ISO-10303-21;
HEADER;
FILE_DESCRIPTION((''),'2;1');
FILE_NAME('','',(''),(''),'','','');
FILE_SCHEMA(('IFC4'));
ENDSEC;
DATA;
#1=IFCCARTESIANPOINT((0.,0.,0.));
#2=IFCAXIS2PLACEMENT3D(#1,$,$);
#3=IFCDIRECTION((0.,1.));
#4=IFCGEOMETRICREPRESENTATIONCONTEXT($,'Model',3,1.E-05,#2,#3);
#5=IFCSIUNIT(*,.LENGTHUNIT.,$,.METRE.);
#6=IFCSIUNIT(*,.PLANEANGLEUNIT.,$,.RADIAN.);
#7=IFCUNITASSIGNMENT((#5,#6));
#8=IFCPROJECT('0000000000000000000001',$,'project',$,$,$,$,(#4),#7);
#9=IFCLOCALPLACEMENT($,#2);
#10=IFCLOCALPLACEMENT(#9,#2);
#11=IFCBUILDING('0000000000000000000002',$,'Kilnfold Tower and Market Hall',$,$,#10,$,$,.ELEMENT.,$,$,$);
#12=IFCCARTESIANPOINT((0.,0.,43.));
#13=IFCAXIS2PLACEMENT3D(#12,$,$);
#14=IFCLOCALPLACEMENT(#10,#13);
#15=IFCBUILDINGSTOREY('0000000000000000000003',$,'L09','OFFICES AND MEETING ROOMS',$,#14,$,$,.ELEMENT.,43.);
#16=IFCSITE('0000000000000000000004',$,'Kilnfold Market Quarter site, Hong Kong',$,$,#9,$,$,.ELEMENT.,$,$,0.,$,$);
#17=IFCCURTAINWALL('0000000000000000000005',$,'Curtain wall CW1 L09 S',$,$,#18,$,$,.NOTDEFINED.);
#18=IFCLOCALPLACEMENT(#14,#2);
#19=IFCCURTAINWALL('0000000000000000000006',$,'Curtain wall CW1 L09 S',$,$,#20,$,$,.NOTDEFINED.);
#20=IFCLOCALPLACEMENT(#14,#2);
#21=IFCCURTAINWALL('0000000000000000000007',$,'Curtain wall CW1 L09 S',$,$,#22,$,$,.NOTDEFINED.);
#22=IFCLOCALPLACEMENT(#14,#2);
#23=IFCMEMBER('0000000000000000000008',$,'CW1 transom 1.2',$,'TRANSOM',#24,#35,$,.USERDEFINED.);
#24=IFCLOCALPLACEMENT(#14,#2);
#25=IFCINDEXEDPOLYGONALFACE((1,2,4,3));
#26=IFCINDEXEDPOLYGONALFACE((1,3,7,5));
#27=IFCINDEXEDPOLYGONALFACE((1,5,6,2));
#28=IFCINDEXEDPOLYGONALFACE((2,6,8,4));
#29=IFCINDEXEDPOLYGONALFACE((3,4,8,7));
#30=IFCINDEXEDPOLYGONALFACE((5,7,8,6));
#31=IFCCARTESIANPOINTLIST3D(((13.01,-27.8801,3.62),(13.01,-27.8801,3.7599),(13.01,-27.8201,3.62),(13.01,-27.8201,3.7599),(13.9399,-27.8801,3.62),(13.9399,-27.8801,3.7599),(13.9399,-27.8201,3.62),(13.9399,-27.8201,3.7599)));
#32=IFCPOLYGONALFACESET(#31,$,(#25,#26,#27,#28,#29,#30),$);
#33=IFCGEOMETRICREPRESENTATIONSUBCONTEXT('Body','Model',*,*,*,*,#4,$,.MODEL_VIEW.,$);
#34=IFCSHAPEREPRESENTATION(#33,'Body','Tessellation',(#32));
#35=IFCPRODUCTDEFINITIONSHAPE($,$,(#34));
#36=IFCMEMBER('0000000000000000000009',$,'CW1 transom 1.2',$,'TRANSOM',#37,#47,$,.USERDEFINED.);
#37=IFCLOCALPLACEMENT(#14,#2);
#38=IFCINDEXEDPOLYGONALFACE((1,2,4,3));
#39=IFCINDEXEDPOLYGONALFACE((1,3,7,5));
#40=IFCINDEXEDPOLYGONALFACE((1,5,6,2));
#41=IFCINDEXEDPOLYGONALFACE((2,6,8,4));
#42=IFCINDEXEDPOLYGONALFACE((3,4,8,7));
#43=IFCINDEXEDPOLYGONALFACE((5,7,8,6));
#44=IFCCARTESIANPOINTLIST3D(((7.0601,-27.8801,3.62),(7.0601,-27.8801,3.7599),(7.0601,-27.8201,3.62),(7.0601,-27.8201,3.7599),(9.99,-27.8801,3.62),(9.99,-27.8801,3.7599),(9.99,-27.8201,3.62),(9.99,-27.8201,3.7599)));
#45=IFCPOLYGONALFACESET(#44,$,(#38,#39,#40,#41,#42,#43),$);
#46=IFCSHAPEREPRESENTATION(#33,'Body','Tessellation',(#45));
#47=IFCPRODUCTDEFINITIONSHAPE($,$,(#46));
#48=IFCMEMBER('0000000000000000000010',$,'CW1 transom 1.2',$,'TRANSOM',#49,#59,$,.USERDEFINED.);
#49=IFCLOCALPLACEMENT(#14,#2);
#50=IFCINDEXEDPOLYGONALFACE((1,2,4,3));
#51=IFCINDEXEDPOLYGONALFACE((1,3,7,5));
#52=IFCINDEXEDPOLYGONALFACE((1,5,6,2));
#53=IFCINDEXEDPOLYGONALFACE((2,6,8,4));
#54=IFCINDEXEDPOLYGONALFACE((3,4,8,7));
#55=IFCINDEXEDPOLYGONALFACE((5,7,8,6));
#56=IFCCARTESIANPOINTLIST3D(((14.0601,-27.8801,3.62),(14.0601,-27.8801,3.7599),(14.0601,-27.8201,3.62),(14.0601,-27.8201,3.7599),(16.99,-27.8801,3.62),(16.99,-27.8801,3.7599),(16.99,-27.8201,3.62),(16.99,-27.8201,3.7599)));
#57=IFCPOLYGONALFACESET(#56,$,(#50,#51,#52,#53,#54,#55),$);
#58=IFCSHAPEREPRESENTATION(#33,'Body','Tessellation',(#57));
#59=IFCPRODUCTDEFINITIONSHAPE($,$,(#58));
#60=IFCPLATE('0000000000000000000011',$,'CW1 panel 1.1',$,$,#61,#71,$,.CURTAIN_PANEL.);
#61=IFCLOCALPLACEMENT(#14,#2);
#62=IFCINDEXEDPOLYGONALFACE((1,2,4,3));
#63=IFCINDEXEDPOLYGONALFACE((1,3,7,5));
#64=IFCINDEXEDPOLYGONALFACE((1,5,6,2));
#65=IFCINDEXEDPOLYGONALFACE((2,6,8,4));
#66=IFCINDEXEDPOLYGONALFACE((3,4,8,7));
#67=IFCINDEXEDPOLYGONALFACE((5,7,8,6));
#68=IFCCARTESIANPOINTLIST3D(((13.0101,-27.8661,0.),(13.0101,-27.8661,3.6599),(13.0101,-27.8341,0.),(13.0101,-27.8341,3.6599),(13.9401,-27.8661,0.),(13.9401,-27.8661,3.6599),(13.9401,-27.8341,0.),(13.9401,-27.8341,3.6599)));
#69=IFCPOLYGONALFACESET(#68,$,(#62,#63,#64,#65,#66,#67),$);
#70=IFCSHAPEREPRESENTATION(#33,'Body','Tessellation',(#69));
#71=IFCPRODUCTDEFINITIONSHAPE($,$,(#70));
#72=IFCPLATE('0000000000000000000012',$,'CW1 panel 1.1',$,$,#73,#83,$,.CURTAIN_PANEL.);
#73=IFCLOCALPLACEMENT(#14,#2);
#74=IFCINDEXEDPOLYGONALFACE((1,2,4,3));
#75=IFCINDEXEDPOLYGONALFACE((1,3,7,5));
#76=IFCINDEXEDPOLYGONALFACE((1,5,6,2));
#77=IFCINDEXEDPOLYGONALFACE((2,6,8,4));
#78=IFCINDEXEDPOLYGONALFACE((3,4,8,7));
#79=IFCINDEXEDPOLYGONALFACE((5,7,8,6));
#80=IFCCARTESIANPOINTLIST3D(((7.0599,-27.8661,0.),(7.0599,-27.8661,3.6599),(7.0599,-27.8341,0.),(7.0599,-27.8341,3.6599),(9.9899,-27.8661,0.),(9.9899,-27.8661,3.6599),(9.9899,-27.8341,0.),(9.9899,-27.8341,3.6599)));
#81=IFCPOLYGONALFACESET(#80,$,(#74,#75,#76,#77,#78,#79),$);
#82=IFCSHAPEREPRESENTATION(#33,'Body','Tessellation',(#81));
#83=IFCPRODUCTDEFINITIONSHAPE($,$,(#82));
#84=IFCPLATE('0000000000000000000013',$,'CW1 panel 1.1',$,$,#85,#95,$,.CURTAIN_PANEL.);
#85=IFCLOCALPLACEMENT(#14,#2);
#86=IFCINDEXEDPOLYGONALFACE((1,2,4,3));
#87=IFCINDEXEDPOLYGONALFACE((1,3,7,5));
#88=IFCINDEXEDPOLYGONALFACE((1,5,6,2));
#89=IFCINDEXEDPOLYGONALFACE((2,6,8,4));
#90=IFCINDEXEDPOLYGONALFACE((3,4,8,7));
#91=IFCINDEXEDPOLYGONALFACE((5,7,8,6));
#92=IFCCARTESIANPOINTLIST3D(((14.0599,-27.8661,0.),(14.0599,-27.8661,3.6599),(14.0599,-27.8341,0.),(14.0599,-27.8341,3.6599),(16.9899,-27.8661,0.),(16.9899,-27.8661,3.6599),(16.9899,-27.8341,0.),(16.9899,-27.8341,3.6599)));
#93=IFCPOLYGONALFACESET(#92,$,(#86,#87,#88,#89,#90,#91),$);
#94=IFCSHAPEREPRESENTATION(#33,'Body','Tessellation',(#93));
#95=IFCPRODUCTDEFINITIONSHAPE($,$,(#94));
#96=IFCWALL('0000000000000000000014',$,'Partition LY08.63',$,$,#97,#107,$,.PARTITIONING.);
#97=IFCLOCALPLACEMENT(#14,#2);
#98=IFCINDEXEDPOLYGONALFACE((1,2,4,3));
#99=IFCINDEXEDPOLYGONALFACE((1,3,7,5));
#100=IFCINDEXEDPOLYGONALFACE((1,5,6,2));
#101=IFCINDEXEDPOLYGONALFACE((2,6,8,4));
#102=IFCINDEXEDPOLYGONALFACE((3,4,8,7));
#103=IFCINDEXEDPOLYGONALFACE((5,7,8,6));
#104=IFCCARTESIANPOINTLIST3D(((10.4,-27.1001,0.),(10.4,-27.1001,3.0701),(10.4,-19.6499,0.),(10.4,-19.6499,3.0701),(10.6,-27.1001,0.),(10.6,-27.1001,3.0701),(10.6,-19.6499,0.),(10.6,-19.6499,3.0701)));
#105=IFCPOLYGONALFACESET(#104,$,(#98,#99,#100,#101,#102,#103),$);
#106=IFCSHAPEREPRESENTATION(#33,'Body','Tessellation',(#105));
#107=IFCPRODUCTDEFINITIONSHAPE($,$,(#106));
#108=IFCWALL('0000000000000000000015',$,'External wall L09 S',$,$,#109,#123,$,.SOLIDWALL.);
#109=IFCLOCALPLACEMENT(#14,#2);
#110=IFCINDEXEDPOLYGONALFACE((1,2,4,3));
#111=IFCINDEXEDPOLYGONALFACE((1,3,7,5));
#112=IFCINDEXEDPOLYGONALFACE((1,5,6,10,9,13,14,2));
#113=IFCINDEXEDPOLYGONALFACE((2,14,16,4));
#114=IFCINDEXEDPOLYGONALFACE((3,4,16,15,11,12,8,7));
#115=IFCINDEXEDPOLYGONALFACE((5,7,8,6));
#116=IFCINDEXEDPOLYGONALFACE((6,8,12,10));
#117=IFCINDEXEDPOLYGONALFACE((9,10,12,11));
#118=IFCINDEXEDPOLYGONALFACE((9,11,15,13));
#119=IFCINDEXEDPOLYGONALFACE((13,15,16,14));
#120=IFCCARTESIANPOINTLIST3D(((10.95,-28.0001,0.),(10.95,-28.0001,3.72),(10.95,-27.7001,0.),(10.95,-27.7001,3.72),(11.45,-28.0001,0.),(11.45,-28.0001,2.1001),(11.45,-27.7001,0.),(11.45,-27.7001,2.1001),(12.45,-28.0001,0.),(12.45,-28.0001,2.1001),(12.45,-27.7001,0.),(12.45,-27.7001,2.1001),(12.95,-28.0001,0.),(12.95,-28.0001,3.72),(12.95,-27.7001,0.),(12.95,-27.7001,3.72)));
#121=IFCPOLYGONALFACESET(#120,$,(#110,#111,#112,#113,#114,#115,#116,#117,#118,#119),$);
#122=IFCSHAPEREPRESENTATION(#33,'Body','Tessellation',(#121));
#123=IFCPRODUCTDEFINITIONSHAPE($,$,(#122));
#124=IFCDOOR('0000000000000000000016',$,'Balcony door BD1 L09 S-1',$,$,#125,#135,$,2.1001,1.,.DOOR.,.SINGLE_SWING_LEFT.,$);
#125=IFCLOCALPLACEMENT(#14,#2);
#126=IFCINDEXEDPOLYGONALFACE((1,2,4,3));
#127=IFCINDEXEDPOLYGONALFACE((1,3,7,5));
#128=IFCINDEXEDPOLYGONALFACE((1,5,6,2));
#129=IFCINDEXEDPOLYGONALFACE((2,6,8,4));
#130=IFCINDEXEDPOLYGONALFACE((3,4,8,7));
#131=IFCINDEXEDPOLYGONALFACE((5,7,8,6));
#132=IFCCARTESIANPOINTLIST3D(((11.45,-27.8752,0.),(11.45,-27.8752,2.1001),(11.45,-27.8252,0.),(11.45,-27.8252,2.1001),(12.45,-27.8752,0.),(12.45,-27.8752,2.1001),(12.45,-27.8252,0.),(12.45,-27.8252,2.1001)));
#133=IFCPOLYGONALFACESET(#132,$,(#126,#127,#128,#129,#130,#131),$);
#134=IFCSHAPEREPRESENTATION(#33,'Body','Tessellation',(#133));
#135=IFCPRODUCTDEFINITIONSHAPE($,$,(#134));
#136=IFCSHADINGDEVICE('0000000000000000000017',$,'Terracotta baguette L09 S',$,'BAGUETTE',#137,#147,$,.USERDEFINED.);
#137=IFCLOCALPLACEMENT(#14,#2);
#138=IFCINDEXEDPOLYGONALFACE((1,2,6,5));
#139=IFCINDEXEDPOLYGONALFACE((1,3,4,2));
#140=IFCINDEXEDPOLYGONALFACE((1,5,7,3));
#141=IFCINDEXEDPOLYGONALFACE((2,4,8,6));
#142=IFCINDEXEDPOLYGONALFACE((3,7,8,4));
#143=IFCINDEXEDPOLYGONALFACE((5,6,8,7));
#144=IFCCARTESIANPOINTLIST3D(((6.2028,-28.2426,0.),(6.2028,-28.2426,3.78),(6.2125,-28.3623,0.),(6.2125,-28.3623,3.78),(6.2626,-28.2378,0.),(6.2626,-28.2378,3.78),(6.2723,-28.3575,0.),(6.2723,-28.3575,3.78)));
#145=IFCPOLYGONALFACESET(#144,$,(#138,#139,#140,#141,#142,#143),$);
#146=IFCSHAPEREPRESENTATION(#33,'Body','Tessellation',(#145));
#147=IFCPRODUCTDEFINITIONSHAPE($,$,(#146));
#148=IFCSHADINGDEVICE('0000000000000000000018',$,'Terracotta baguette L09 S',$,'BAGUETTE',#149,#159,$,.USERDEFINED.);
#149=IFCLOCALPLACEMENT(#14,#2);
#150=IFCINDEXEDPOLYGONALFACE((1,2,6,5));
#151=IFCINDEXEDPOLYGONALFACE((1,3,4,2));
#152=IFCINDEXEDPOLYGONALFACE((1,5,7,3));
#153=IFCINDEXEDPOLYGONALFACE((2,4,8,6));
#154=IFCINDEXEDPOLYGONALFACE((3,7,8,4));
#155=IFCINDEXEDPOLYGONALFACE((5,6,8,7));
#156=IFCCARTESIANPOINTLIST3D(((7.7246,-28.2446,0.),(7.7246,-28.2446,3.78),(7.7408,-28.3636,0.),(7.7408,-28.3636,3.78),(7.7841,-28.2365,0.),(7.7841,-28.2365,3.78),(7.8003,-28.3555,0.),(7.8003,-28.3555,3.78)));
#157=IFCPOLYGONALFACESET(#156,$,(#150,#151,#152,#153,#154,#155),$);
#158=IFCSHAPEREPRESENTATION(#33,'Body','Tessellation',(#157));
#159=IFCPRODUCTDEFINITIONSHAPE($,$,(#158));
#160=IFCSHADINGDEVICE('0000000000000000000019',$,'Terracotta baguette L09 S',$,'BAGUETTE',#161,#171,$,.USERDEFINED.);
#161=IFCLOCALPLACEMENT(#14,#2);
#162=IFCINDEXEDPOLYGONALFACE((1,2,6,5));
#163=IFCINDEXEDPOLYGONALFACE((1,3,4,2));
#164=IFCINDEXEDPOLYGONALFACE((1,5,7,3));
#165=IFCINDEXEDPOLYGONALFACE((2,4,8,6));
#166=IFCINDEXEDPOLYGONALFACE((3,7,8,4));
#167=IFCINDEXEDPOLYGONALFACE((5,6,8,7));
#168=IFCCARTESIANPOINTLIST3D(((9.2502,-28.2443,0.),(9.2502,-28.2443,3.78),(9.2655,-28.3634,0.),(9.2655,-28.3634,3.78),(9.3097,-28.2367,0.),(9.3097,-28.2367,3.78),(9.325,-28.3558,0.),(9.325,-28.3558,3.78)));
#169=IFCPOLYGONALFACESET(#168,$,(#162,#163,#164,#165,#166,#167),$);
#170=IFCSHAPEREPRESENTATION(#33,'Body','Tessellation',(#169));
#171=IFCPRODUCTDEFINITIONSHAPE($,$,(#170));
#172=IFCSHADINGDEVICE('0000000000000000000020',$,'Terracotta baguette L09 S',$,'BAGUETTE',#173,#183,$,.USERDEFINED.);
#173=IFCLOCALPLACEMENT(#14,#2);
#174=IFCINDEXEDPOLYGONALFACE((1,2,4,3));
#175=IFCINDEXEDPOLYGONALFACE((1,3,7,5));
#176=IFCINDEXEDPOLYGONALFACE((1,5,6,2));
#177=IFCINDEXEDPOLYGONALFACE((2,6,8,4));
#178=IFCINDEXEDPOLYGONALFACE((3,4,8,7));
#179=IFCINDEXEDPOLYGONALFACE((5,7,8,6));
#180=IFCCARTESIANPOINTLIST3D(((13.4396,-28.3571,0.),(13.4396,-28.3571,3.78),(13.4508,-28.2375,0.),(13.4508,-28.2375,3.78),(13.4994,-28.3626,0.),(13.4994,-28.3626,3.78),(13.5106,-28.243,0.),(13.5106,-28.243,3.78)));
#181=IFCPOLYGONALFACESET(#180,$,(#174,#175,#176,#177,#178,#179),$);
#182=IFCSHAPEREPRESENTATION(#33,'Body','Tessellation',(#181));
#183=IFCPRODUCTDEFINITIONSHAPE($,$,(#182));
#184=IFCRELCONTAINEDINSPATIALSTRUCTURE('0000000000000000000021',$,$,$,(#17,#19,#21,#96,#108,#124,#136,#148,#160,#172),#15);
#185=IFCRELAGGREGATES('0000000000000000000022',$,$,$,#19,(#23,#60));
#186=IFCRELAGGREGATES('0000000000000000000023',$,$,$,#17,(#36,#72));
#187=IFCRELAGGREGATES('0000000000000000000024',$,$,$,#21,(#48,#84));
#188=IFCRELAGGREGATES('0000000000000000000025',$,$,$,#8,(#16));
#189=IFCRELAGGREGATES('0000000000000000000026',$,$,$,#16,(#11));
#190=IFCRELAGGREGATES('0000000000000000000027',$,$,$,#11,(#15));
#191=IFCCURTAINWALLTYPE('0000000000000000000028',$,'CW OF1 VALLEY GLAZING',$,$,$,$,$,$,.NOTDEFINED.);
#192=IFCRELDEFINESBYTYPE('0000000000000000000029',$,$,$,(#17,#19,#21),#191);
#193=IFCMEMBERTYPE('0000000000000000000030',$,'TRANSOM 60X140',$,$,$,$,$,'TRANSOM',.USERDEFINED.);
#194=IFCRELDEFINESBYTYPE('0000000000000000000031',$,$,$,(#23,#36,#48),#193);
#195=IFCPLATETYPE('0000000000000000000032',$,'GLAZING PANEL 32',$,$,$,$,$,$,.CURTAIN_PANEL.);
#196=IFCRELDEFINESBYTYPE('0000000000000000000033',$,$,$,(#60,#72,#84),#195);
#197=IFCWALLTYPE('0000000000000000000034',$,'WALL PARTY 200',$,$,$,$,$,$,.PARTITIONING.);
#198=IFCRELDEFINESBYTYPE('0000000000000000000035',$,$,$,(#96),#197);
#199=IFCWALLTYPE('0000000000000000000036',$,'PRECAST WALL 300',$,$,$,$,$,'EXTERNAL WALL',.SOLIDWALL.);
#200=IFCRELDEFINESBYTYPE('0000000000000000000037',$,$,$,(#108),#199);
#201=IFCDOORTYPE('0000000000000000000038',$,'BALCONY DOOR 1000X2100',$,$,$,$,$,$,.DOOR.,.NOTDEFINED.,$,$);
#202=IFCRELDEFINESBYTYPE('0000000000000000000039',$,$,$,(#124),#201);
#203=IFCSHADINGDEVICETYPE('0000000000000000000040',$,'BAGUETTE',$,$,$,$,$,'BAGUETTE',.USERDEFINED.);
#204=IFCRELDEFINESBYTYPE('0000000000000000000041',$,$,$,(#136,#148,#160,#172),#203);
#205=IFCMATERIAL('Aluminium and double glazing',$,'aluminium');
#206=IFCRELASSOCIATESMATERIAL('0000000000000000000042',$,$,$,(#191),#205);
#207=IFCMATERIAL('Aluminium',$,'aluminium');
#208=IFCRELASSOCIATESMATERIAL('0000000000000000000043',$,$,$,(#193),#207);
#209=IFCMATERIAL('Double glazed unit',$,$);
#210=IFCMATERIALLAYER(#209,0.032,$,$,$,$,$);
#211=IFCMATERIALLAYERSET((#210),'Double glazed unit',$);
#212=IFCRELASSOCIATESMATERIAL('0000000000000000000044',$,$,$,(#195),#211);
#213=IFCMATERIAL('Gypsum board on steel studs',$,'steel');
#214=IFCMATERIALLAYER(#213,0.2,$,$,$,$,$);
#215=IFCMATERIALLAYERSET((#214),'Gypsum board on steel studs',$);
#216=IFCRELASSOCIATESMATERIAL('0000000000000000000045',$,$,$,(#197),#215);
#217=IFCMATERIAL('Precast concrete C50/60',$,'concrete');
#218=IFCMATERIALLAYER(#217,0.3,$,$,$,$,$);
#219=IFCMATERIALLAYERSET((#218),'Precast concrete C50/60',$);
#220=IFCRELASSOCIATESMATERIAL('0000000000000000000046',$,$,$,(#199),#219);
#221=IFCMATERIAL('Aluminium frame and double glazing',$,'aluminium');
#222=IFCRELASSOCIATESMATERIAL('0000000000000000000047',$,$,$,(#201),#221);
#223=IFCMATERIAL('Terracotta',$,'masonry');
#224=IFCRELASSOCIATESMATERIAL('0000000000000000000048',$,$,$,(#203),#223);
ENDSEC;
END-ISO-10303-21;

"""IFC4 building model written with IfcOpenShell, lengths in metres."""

from ifc_helpers import new_model, si_unit, direction, frame, frame_2d, origin, origin_2d, place, context, subcontext, project, spatial, rectangle, extrude, source, transform, mapped, material, layer, layer_set, material_profile, profile_set, type_object, element, fill, aggregate, save


model = new_model("IFC4")

# Units and contexts
model_context = context("Model", 3, precision=1e-05, world=origin(), true_north=direction((0.0, 1.0)))
body_context = subcontext(model_context, "Body", "Model", "MODEL_VIEW")
ifc_project = project(units=[si_unit("LENGTHUNIT", "METRE"), si_unit("PLANEANGLEUNIT", "RADIAN")], contexts=[model_context])

# Site, building, storey
site_placement = place(None, origin())
site = spatial("IfcSite", under=ifc_project, at=site_placement, Name="Kilnfold Market Quarter site, Hong Kong", CompositionType="ELEMENT", RefElevation=0.0)
building_placement = place(site_placement, origin())
building = spatial("IfcBuilding", under=site, at=building_placement, Name="Kilnfold Tower and Market Hall", CompositionType="ELEMENT")
storey_placement = place(building_placement, frame((0.0, 0.0, 43.0)))
storey = spatial("IfcBuildingStorey", under=building, at=storey_placement, Name="L09", Description="OFFICES AND MEETING ROOMS", CompositionType="ELEMENT", Elevation=43.0)

# Shared definitions
ifc_material_1 = material(Name="Aluminium and double glazing", Category="aluminium")
curtain_wall_type = type_object("IfcCurtainWallType", Name="CW OF1 VALLEY GLAZING", PredefinedType="NOTDEFINED", material=ifc_material_1)

# Curtain walls
curtain_wall_1_placement = place(storey_placement, origin())
curtain_wall_1 = element("IfcCurtainWall", 1, at=curtain_wall_1_placement, inside=storey, type_object=curtain_wall_type, Name="Curtain wall CW1 L09 S", PredefinedType="NOTDEFINED")
curtain_wall_2_placement = place(storey_placement, origin())
curtain_wall_2 = element("IfcCurtainWall", 2, at=curtain_wall_2_placement, inside=storey, type_object=curtain_wall_type, Name="Curtain wall CW1 L09 S", PredefinedType="NOTDEFINED")
curtain_wall_3_placement = place(storey_placement, origin())
curtain_wall_3 = element("IfcCurtainWall", 3, at=curtain_wall_3_placement, inside=storey, type_object=curtain_wall_type, Name="Curtain wall CW1 L09 S", PredefinedType="NOTDEFINED")

# Members
ifc_material_2 = material(Name="Aluminium", Category="aluminium")
ifc_material_profile_1 = material_profile(ifc_material_2, rectangle(XDim=0.0601, YDim=0.1399, at=origin_2d()), Name="TRANSOM 60x140")
ifc_profile_set_1 = profile_set([ifc_material_profile_1], Name="Aluminium")
member_type_1 = type_object("IfcMemberType", Name="TRANSOM 60X140", ElementType="TRANSOM", PredefinedType="USERDEFINED", material=ifc_profile_set_1)
shared_shape_1 = source(origin(), body_context, "Body", "SweptSolid", [
    extrude(rectangle(XDim=0.0601, YDim=0.1399, at=origin_2d()), origin(), (0.0, 0.0, 1.0), 0.9299),
])
member_1_placement = place(storey_placement, frame((13.01, -27.8501, 3.6899), z_axis=(1.0, 0.0, 0.0), x_axis=(0.0, 1.0, 0.0)))
member_1 = element("IfcMember", 4, at=member_1_placement, type_object=member_type_1, Name="CW1 transom 1.2", ObjectType="TRANSOM", PredefinedType="USERDEFINED", context=body_context, shape_type="MappedRepresentation", body=[
    mapped(shared_shape_1, transform((0.0, 0.0, 0.0))),
])
shared_shape_2 = source(origin(), body_context, "Body", "SweptSolid", [
    extrude(rectangle(XDim=0.0601, YDim=0.1399, at=origin_2d()), origin(), (0.0, 0.0, 1.0), 2.9299),
])
member_2_placement = place(storey_placement, frame((7.0601, -27.8501, 3.6899), z_axis=(1.0, 0.0, 0.0), x_axis=(0.0, 1.0, 0.0)))
member_2 = element("IfcMember", 5, at=member_2_placement, type_object=member_type_1, Name="CW1 transom 1.2", ObjectType="TRANSOM", PredefinedType="USERDEFINED", context=body_context, shape_type="MappedRepresentation", body=[
    mapped(shared_shape_2, transform((0.0, 0.0, 0.0))),
])
member_3_placement = place(storey_placement, frame((14.0601, -27.8501, 3.6899), z_axis=(1.0, 0.0, 0.0), x_axis=(0.0, 1.0, 0.0)))
member_3 = element("IfcMember", 6, at=member_3_placement, type_object=member_type_1, Name="CW1 transom 1.2", ObjectType="TRANSOM", PredefinedType="USERDEFINED", context=body_context, shape_type="MappedRepresentation", body=[
    mapped(shared_shape_2, transform((0.0, 0.0, 0.0))),
])

# Plates
ifc_material_3 = material(Name="Double glazed unit")
ifc_layer_1 = layer(ifc_material_3, 0.032)
ifc_layer_set_1 = layer_set([ifc_layer_1], Name="Double glazed unit")
plate_type = type_object("IfcPlateType", Name="GLAZING PANEL 32", PredefinedType="CURTAIN_PANEL", material=ifc_layer_set_1)
shared_shape_3 = source(origin(), body_context, "Body", "SweptSolid", [
    extrude(rectangle(XDim=0.9299, YDim=0.032, at=origin_2d()), origin(), (0.0, 0.0, 1.0), 3.6599),
])
plate_1_placement = place(storey_placement, frame((13.4751, -27.8501, 0.0), z_axis=(0.0, 0.0, 1.0), x_axis=(1.0, 0.0, 0.0)))
plate_1 = element("IfcPlate", 7, at=plate_1_placement, type_object=plate_type, Name="CW1 panel 1.1", PredefinedType="CURTAIN_PANEL", context=body_context, shape_type="MappedRepresentation", body=[
    mapped(shared_shape_3, transform((0.0, 0.0, 0.0))),
])
aggregate(curtain_wall_2, [member_1, plate_1])
shared_shape_4 = source(origin(), body_context, "Body", "SweptSolid", [
    extrude(rectangle(XDim=2.9299, YDim=0.032, at=origin_2d()), origin(), (0.0, 0.0, 1.0), 3.6599),
])
plate_2_placement = place(storey_placement, frame((8.5249, -27.8501, 0.0), z_axis=(0.0, 0.0, 1.0), x_axis=(1.0, 0.0, 0.0)))
plate_2 = element("IfcPlate", 8, at=plate_2_placement, type_object=plate_type, Name="CW1 panel 1.1", PredefinedType="CURTAIN_PANEL", context=body_context, shape_type="MappedRepresentation", body=[
    mapped(shared_shape_4, transform((0.0, 0.0, 0.0))),
])
aggregate(curtain_wall_1, [member_2, plate_2])
plate_3_placement = place(storey_placement, frame((15.5249, -27.8501, 0.0), z_axis=(0.0, 0.0, 1.0), x_axis=(1.0, 0.0, 0.0)))
plate_3 = element("IfcPlate", 9, at=plate_3_placement, type_object=plate_type, Name="CW1 panel 1.1", PredefinedType="CURTAIN_PANEL", context=body_context, shape_type="MappedRepresentation", body=[
    mapped(shared_shape_4, transform((0.0, 0.0, 0.0))),
])
aggregate(curtain_wall_3, [member_3, plate_3])

# Wall
ifc_material_4 = material(Name="Gypsum board on steel studs", Category="steel")
ifc_layer_2 = layer(ifc_material_4, 0.2)
ifc_layer_set_2 = layer_set([ifc_layer_2], Name="Gypsum board on steel studs")
wall_type_1 = type_object("IfcWallType", Name="WALL PARTY 200", PredefinedType="PARTITIONING", material=ifc_layer_set_2)
wall_1_placement = place(storey_placement, frame((10.5, -27.1001, 0.0), z_axis=(0.0, 0.0, 1.0), x_axis=(0.0, 1.0, 0.0)))
element("IfcWall", 10, at=wall_1_placement, inside=storey, type_object=wall_type_1, Name="Partition LY08.63", PredefinedType="PARTITIONING", context=body_context, shape_type="SweptSolid", body=[
    extrude(rectangle(XDim=7.4502, YDim=0.2, at=frame_2d((3.7251, 0.0))), origin(), (0.0, 0.0, 1.0), 3.0701),
])

# Wall, opening, door
ifc_material_5 = material(Name="Precast concrete C50/60", Category="concrete")
ifc_layer_3 = layer(ifc_material_5, 0.3)
ifc_layer_set_3 = layer_set([ifc_layer_3], Name="Precast concrete C50/60")
wall_type_2 = type_object("IfcWallType", Name="PRECAST WALL 300", ElementType="EXTERNAL WALL", PredefinedType="SOLIDWALL", material=ifc_layer_set_3)
shared_shape_5 = source(origin(), body_context, "Body", "SweptSolid", [
    extrude(rectangle(XDim=2.0, YDim=0.3, at=frame_2d((1.0, 0.0))), origin(), (0.0, 0.0, 1.0), 3.72),
])
wall_2_placement = place(storey_placement, frame((10.95, -27.8501, 0.0), z_axis=(0.0, 0.0, 1.0), x_axis=(1.0, 0.0, 0.0)))
wall_2 = element("IfcWall", 11, at=wall_2_placement, inside=storey, type_object=wall_type_2, Name="External wall L09 S", PredefinedType="SOLIDWALL", context=body_context, shape_type="MappedRepresentation", body=[
    mapped(shared_shape_5, transform((0.0, 0.0, 0.0))),
])
opening_placement = place(wall_2_placement, frame((0.5, 0.0, 0.0)))
opening = element("IfcOpeningElement", 12, at=opening_placement, cuts=wall_2, PredefinedType="OPENING", context=body_context, shape_type="SweptSolid", body=[
    extrude(rectangle(XDim=1.0, YDim=2.1001, at=frame_2d((0.5, 1.05))), frame((0.0, 0.1602, 0.0), z_axis=(0.0, -1.0, 0.0), x_axis=(1.0, 0.0, 0.0)), (0.0, 0.0, 1.0), 0.3201),
])
ifc_material_6 = material(Name="Aluminium frame and double glazing", Category="aluminium")
door_type = type_object("IfcDoorType", Name="BALCONY DOOR 1000X2100", OperationType="NOTDEFINED", PredefinedType="DOOR", material=ifc_material_6)
door_placement = place(opening_placement, origin())
door = element("IfcDoor", 13, at=door_placement, inside=storey, type_object=door_type, Name="Balcony door BD1 L09 S-1", OperationType="SINGLE_SWING_LEFT", OverallHeight=2.1001, OverallWidth=1.0, PredefinedType="DOOR", context=body_context, shape_type="SweptSolid", body=[
    extrude(rectangle(XDim=1.0, YDim=2.1001, at=frame_2d((0.5, 1.05))), frame((0.0, 0.0249, 0.0), z_axis=(0.0, -1.0, 0.0), x_axis=(1.0, 0.0, 0.0)), (0.0, 0.0, 1.0), 0.05),
])
fill(opening, door)

# Shading devices
ifc_material_7 = material(Name="Terracotta", Category="masonry")
ifc_material_profile_2 = material_profile(ifc_material_7, rectangle(XDim=0.0601, YDim=0.1201, at=origin_2d()), Name="BAG 60x120")
ifc_profile_set_2 = profile_set([ifc_material_profile_2], Name="Terracotta")
shading_device_type = type_object("IfcShadingDeviceType", Name="BAGUETTE", ElementType="BAGUETTE", PredefinedType="USERDEFINED", material=ifc_profile_set_2)
shared_shape_6 = source(origin(), body_context, "Body", "SweptSolid", [
    extrude(rectangle(XDim=0.0601, YDim=0.1201, at=origin_2d()), origin(), (0.0, 0.0, 1.0), 3.78),
])
for number, where, z_axis, x_axis, name in (
    (14, (6.2375, -28.3, 0.0), (0.0, 0.0, 1.0), (0.996719, 0.080938, 0.0), "Terracotta baguette L09 S"),
    (15, (7.7625, -28.3, 0.0), (0.0, 0.0, 1.0), (0.990946, 0.134263, 0.0), "Terracotta baguette L09 S"),
    (16, (9.2876, -28.3, 0.0), (0.0, 0.0, 1.0), (0.991863, 0.127307, 0.0), "Terracotta baguette L09 S"),
    (17, (13.4751, -28.3, 0.0), (0.0, 0.0, 1.0), (0.99571, -0.092532, 0.0), "Terracotta baguette L09 S"),
):
    element("IfcShadingDevice", number, at=place(storey_placement, frame(where, z_axis=z_axis, x_axis=x_axis)), inside=storey, type_object=shading_device_type, Name=name, ObjectType="BAGUETTE", PredefinedType="USERDEFINED", context=body_context, shape_type="MappedRepresentation", body=[
        mapped(shared_shape_6, transform((0.0, 0.0, 0.0))),
    ])

save(model, "model.ifc")
